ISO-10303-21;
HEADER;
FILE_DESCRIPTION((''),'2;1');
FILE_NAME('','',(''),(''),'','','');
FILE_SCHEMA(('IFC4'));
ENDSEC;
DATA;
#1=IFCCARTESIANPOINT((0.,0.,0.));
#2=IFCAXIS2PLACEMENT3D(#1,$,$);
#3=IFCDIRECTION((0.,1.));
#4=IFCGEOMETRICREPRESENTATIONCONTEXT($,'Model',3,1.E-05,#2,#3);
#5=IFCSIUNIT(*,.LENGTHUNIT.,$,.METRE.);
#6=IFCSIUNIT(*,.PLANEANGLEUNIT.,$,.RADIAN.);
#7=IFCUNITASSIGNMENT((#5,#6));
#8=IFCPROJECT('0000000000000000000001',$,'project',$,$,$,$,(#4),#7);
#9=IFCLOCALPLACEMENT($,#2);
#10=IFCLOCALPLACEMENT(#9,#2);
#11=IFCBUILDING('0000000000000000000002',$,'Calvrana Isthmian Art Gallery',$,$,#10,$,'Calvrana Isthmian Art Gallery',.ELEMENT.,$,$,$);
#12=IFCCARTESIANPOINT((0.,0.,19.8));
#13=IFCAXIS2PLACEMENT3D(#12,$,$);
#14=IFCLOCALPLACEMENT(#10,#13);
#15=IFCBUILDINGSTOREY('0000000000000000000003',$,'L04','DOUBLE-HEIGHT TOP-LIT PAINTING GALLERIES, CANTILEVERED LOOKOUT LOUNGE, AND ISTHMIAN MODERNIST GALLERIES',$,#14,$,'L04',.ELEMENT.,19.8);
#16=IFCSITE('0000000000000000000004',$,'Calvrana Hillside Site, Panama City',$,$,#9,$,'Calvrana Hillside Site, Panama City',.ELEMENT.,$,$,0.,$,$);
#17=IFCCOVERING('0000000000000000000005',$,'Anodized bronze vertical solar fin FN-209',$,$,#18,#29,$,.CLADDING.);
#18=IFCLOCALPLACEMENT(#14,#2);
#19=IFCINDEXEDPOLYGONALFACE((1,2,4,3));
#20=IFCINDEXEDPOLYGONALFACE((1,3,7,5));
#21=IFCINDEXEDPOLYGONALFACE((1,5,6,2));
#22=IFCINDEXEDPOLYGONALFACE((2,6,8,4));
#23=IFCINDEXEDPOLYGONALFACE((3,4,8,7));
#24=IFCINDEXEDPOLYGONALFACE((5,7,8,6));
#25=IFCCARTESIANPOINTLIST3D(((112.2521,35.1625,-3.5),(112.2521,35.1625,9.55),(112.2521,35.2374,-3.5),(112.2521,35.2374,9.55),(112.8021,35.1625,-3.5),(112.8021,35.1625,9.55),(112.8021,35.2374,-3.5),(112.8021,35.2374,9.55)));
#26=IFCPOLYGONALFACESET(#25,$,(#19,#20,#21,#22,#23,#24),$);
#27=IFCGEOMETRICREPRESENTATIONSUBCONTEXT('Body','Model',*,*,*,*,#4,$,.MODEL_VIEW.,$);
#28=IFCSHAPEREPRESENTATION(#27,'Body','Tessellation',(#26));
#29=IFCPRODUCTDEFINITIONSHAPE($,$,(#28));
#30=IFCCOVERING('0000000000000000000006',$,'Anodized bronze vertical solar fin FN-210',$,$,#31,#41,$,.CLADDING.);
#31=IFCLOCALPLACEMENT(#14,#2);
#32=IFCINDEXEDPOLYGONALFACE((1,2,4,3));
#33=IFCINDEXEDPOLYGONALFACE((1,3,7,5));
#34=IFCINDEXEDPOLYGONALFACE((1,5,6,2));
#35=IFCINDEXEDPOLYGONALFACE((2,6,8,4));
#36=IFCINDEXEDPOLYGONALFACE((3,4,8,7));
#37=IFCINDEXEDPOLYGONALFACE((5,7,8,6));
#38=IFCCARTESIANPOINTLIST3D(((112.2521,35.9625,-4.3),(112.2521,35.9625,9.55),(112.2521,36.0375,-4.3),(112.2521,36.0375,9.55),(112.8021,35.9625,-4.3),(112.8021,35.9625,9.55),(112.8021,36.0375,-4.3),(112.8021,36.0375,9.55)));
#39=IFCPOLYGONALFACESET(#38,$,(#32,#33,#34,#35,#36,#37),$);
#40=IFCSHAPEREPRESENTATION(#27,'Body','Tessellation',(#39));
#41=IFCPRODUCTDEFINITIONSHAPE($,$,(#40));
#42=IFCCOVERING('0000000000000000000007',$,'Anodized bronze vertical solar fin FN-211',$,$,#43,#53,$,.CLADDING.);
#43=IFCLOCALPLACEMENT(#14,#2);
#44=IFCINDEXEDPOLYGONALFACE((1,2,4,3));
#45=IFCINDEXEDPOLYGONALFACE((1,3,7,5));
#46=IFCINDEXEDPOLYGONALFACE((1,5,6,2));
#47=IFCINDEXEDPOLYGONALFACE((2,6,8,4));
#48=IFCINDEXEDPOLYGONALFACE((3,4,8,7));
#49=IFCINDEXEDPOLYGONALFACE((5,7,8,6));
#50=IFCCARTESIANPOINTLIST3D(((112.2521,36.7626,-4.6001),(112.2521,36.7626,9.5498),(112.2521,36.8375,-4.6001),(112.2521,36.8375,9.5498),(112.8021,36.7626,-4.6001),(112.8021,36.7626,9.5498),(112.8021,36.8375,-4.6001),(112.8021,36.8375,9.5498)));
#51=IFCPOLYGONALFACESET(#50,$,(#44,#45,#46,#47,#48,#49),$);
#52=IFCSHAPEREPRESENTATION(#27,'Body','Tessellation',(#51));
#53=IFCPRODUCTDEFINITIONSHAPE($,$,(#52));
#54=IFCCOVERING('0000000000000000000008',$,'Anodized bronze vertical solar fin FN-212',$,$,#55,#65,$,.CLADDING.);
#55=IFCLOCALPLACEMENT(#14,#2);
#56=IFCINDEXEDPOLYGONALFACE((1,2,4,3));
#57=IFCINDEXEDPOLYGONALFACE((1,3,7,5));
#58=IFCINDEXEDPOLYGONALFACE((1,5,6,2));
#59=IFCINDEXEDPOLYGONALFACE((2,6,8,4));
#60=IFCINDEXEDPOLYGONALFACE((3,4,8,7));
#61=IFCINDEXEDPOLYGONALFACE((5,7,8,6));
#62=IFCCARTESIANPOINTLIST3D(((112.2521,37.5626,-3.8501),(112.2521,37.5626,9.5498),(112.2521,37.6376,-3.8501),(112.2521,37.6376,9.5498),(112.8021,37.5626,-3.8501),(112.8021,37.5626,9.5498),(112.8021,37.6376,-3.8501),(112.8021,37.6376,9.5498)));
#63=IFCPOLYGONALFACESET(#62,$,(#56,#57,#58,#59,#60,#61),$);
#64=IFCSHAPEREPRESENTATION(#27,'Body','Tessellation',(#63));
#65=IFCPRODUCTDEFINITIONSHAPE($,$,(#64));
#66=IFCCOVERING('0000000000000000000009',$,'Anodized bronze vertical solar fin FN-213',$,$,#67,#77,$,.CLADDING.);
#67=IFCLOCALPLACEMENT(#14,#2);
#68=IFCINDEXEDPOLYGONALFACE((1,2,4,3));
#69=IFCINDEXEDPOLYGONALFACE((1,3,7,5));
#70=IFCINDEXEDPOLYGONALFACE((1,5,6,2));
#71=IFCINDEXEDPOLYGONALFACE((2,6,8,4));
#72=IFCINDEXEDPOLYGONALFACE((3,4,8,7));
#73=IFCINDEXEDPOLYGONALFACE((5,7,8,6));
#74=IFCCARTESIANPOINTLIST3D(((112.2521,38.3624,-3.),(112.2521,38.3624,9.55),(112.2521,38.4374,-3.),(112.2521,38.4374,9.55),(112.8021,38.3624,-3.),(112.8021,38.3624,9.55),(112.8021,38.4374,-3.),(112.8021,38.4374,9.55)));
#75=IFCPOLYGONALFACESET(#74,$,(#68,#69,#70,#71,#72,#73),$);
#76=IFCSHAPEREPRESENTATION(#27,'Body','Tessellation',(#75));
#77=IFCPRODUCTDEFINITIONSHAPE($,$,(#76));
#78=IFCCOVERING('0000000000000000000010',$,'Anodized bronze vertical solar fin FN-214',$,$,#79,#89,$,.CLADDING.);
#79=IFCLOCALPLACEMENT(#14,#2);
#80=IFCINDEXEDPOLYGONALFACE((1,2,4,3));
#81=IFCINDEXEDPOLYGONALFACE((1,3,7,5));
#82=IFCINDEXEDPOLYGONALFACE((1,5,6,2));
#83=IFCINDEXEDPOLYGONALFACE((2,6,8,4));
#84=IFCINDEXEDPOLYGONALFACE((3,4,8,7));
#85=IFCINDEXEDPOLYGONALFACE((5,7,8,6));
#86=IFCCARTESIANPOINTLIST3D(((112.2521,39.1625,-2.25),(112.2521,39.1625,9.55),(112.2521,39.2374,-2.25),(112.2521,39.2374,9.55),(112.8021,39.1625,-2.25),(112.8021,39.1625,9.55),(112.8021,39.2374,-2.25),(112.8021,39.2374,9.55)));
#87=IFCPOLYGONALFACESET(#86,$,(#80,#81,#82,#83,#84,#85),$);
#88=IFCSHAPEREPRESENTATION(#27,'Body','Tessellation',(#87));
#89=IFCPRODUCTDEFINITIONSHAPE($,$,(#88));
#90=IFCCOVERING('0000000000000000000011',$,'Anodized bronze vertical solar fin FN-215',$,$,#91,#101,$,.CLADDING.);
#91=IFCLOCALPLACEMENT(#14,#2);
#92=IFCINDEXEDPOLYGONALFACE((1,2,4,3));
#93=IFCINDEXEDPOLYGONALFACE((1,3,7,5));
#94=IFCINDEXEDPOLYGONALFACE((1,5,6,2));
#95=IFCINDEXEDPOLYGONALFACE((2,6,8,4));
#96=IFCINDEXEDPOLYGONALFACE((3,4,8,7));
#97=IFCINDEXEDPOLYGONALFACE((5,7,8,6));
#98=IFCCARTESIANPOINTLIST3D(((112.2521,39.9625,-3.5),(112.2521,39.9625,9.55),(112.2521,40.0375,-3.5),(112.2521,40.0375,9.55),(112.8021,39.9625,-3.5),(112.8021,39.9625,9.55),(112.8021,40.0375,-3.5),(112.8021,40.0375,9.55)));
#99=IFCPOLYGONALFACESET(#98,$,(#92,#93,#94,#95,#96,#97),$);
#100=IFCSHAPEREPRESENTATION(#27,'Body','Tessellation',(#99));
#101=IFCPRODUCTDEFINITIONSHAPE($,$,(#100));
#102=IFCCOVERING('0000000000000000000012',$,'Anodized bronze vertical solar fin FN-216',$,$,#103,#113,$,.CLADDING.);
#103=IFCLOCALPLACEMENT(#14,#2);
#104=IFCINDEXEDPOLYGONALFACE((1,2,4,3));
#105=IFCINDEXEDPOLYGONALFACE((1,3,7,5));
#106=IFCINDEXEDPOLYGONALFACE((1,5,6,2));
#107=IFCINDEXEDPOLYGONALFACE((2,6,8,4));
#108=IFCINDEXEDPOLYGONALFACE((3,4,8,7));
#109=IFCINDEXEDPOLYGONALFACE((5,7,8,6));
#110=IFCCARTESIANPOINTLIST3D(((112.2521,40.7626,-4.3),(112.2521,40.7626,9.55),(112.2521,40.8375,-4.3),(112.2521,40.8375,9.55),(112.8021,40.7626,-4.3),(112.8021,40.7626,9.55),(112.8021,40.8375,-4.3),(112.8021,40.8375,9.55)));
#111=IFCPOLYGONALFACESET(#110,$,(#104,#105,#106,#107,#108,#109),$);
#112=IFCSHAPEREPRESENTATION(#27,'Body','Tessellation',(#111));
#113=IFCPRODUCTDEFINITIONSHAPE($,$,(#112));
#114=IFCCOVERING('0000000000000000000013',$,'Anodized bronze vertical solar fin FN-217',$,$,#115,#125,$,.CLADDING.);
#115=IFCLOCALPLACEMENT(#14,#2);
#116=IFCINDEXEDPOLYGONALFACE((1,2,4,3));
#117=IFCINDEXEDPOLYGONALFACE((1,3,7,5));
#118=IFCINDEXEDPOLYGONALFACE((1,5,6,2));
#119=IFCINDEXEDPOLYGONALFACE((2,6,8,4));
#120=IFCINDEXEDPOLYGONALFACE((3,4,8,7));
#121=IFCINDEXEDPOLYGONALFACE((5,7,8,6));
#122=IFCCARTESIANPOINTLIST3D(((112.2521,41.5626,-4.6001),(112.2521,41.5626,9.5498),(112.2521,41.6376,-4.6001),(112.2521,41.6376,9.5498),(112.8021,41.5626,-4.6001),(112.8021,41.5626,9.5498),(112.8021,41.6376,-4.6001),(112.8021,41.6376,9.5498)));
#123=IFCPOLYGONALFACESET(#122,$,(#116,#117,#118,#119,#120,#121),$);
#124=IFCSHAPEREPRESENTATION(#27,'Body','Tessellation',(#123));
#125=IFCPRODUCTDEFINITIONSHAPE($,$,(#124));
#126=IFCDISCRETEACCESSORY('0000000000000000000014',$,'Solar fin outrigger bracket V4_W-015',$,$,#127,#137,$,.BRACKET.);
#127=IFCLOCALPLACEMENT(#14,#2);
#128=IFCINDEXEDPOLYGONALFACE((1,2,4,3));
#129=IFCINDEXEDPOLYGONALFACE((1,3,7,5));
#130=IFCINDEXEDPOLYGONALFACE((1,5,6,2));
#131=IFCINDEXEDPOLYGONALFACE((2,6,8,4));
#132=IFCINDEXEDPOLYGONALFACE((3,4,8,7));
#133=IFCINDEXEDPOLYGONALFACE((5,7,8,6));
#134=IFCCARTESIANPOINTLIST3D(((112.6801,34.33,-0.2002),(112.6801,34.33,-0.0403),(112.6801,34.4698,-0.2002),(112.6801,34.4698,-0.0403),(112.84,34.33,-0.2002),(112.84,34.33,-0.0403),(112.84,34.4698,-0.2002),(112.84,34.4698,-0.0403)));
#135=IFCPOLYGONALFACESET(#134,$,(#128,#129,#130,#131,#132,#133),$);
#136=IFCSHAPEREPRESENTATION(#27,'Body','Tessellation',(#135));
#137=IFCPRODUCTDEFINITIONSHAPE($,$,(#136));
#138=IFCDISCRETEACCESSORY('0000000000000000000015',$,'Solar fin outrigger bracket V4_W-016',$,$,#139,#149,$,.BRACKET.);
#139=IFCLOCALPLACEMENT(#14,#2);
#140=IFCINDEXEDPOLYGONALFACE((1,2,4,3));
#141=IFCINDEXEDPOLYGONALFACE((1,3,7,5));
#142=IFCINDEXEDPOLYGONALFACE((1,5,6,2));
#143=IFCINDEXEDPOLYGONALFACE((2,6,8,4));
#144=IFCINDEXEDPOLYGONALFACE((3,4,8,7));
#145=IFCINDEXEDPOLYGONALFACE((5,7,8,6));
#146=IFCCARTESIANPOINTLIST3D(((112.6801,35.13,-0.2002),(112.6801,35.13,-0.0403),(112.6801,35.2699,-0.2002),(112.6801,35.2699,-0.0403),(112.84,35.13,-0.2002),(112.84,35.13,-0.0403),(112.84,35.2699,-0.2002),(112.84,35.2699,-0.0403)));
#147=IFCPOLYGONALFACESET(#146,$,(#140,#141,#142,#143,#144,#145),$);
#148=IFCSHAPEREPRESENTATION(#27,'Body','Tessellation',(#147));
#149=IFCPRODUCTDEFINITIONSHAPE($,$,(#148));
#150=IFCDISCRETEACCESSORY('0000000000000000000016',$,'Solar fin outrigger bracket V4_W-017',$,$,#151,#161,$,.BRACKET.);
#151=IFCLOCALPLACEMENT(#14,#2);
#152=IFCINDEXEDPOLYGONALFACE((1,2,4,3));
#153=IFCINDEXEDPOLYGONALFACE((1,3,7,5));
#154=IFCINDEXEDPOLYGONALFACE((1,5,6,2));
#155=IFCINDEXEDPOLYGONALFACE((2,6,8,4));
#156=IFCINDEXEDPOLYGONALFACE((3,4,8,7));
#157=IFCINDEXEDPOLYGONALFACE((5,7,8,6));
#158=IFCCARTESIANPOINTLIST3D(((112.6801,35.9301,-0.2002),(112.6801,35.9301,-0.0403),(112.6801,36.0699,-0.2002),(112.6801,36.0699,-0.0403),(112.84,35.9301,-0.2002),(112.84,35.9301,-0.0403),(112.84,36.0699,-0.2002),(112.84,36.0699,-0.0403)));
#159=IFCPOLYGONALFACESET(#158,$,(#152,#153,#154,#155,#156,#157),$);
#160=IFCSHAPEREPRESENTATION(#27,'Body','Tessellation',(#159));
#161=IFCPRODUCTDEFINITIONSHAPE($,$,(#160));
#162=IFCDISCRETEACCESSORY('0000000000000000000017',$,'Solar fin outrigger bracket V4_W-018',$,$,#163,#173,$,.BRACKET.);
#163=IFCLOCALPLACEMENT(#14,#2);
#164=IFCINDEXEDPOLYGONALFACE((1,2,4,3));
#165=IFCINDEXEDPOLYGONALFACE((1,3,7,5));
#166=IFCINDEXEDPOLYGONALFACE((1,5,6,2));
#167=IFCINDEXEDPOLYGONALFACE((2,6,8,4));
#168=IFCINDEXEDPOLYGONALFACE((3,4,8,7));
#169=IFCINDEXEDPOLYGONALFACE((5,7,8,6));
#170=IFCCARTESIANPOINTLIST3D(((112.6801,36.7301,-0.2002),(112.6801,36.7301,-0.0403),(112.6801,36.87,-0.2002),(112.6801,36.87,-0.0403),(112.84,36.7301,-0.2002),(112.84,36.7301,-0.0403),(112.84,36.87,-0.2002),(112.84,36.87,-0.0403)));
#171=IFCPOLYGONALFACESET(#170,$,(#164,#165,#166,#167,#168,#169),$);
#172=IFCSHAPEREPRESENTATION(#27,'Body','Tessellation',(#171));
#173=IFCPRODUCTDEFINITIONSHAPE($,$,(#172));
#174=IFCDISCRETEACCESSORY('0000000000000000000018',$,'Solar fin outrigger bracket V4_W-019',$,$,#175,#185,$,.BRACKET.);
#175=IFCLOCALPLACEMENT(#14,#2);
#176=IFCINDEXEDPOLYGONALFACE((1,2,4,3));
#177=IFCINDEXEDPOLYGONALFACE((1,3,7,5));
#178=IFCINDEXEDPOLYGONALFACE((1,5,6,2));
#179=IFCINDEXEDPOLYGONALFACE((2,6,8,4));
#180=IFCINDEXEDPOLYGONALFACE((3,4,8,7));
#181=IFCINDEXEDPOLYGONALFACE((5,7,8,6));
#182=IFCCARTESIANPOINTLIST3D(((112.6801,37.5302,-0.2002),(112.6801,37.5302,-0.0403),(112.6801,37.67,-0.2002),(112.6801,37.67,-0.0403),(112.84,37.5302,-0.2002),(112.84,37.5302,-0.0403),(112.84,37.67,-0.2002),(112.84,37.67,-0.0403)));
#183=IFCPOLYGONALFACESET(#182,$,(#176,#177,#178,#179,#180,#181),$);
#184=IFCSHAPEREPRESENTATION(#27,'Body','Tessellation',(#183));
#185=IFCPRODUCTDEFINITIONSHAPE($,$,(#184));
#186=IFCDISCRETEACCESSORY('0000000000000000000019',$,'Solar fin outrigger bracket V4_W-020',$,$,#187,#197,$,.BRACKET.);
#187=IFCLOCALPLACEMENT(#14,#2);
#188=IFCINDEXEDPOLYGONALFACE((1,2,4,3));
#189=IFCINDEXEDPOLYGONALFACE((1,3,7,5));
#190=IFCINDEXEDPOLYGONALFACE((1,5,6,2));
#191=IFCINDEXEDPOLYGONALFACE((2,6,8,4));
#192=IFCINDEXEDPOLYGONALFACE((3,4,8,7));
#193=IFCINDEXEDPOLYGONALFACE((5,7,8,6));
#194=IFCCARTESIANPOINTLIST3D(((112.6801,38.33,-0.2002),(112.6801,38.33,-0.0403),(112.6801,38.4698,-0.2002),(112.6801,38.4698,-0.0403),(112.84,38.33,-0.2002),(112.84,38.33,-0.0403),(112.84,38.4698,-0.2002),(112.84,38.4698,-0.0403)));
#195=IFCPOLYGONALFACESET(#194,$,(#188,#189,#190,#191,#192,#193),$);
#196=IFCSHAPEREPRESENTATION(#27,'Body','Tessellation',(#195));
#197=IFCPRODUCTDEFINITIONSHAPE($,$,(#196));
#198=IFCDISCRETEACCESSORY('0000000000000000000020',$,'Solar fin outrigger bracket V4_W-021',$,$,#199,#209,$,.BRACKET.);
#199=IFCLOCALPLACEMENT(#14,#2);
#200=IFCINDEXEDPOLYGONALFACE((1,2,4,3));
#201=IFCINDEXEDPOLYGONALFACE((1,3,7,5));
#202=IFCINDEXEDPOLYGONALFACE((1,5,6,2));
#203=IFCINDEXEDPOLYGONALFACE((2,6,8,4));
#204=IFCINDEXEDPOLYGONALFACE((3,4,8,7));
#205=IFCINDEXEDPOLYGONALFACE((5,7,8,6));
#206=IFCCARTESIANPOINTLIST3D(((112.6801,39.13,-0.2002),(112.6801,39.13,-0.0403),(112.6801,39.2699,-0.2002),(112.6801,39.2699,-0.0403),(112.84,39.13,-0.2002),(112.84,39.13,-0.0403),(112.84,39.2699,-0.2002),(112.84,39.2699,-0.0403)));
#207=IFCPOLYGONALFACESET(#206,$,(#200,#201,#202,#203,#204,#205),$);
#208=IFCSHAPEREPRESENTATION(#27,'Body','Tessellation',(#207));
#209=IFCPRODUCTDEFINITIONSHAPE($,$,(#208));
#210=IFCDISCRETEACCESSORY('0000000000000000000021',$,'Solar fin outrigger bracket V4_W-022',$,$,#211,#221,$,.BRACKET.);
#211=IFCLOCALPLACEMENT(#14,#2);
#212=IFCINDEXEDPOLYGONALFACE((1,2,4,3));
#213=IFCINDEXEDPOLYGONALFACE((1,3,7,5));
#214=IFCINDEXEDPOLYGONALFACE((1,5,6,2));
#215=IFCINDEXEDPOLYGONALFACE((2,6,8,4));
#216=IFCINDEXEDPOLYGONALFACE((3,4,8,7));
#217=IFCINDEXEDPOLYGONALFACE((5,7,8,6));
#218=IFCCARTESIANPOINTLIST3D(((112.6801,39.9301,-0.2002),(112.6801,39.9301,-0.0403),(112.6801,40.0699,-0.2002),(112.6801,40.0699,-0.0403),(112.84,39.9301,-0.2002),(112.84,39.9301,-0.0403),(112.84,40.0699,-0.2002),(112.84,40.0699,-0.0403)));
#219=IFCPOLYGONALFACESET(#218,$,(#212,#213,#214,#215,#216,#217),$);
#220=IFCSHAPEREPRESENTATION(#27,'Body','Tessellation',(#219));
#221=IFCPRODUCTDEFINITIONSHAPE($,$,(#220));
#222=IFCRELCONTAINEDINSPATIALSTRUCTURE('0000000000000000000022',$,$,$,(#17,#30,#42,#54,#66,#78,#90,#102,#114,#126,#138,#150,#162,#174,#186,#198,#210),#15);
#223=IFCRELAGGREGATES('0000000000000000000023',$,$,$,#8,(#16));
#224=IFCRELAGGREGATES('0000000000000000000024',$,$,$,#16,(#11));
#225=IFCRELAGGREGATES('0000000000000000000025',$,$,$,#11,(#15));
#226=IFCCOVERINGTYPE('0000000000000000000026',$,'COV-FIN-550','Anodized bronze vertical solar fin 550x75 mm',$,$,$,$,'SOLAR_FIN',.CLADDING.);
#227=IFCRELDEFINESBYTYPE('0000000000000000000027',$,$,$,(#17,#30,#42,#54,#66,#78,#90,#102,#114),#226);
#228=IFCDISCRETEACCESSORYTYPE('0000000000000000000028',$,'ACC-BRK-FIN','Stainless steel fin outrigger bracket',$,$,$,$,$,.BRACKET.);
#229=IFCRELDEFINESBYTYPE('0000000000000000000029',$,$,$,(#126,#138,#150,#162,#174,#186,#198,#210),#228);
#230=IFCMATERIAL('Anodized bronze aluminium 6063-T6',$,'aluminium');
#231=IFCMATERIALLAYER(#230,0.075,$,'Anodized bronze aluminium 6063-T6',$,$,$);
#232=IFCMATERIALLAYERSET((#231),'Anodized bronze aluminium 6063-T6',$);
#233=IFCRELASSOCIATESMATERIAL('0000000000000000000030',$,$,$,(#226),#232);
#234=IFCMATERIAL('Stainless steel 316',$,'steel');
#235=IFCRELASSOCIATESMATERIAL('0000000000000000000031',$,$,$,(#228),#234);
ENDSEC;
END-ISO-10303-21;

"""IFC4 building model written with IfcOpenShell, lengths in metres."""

from ifc_helpers import new_model, si_unit, direction, frame, origin, origin_2d, place, context, subcontext, project, spatial, rectangle, extrude, material, layer, layer_set, type_object, element, save


model = new_model("IFC4")

# Units and contexts
model_context = context("Model", 3, precision=1e-05, world=origin(), true_north=direction((0.0, 1.0)))
body_context = subcontext(model_context, "Body", "Model", "MODEL_VIEW")
ifc_project = project(units=[si_unit("LENGTHUNIT", "METRE"), si_unit("PLANEANGLEUNIT", "RADIAN")], contexts=[model_context])

# Site, building, storey
site_placement = place(None, origin())
site = spatial("IfcSite", under=ifc_project, at=site_placement, Name="Calvrana Hillside Site, Panama City", LongName="Calvrana Hillside Site, Panama City", CompositionType="ELEMENT", RefElevation=0.0)
building_placement = place(site_placement, origin())
building = spatial("IfcBuilding", under=site, at=building_placement, Name="Calvrana Isthmian Art Gallery", LongName="Calvrana Isthmian Art Gallery", CompositionType="ELEMENT")
storey_placement = place(building_placement, frame((0.0, 0.0, 19.8)))
storey = spatial("IfcBuildingStorey", under=building, at=storey_placement, Name="L04", Description="DOUBLE-HEIGHT TOP-LIT PAINTING GALLERIES, CANTILEVERED LOOKOUT LOUNGE, AND ISTHMIAN MODERNIST GALLERIES", LongName="L04", CompositionType="ELEMENT", Elevation=19.8)

# Coverings
ifc_material_1 = material(Name="Anodized bronze aluminium 6063-T6", Category="aluminium")
ifc_layer = layer(ifc_material_1, 0.075, Name="Anodized bronze aluminium 6063-T6")
ifc_layer_set = layer_set([ifc_layer], Name="Anodized bronze aluminium 6063-T6")
covering_type = type_object("IfcCoveringType", Name="COV-FIN-550", Description="Anodized bronze vertical solar fin 550x75 mm", ElementType="SOLAR_FIN", PredefinedType="CLADDING", material=ifc_layer_set)
covering_1_placement = place(storey_placement, frame((112.5271, 35.2, -3.5), z_axis=(0.0, 0.0, 1.0), x_axis=(1.0, 0.0, 0.0)))
element("IfcCovering", 1, at=covering_1_placement, inside=storey, type_object=covering_type, Name="Anodized bronze vertical solar fin FN-209", PredefinedType="CLADDING", context=body_context, shape_type="SweptSolid", body=[
    extrude(rectangle(XDim=0.55, YDim=0.075, at=origin_2d()), origin(), (0.0, 0.0, 1.0), 13.05),
])
covering_2_placement = place(storey_placement, frame((112.5271, 36.0, -4.3), z_axis=(0.0, 0.0, 1.0), x_axis=(1.0, 0.0, 0.0)))
element("IfcCovering", 2, at=covering_2_placement, inside=storey, type_object=covering_type, Name="Anodized bronze vertical solar fin FN-210", PredefinedType="CLADDING", context=body_context, shape_type="SweptSolid", body=[
    extrude(rectangle(XDim=0.55, YDim=0.075, at=origin_2d()), origin(), (0.0, 0.0, 1.0), 13.8501),
])
covering_3_placement = place(storey_placement, frame((112.5271, 36.8, -4.6001), z_axis=(0.0, 0.0, 1.0), x_axis=(1.0, 0.0, 0.0)))
element("IfcCovering", 3, at=covering_3_placement, inside=storey, type_object=covering_type, Name="Anodized bronze vertical solar fin FN-211", PredefinedType="CLADDING", context=body_context, shape_type="SweptSolid", body=[
    extrude(rectangle(XDim=0.55, YDim=0.075, at=origin_2d()), origin(), (0.0, 0.0, 1.0), 14.1499),
])
covering_4_placement = place(storey_placement, frame((112.5271, 37.6001, -3.8501), z_axis=(0.0, 0.0, 1.0), x_axis=(1.0, 0.0, 0.0)))
element("IfcCovering", 4, at=covering_4_placement, inside=storey, type_object=covering_type, Name="Anodized bronze vertical solar fin FN-212", PredefinedType="CLADDING", context=body_context, shape_type="SweptSolid", body=[
    extrude(rectangle(XDim=0.55, YDim=0.075, at=origin_2d()), origin(), (0.0, 0.0, 1.0), 13.3999),
])
covering_5_placement = place(storey_placement, frame((112.5271, 38.3999, -3.0), z_axis=(0.0, 0.0, 1.0), x_axis=(1.0, 0.0, 0.0)))
element("IfcCovering", 5, at=covering_5_placement, inside=storey, type_object=covering_type, Name="Anodized bronze vertical solar fin FN-213", PredefinedType="CLADDING", context=body_context, shape_type="SweptSolid", body=[
    extrude(rectangle(XDim=0.55, YDim=0.075, at=origin_2d()), origin(), (0.0, 0.0, 1.0), 12.55),
])
covering_6_placement = place(storey_placement, frame((112.5271, 39.2, -2.25), z_axis=(0.0, 0.0, 1.0), x_axis=(1.0, 0.0, 0.0)))
element("IfcCovering", 6, at=covering_6_placement, inside=storey, type_object=covering_type, Name="Anodized bronze vertical solar fin FN-214", PredefinedType="CLADDING", context=body_context, shape_type="SweptSolid", body=[
    extrude(rectangle(XDim=0.55, YDim=0.075, at=origin_2d()), origin(), (0.0, 0.0, 1.0), 11.8),
])
covering_7_placement = place(storey_placement, frame((112.5271, 40.0, -3.5), z_axis=(0.0, 0.0, 1.0), x_axis=(1.0, 0.0, 0.0)))
element("IfcCovering", 7, at=covering_7_placement, inside=storey, type_object=covering_type, Name="Anodized bronze vertical solar fin FN-215", PredefinedType="CLADDING", context=body_context, shape_type="SweptSolid", body=[
    extrude(rectangle(XDim=0.55, YDim=0.075, at=origin_2d()), origin(), (0.0, 0.0, 1.0), 13.05),
])
covering_8_placement = place(storey_placement, frame((112.5271, 40.8, -4.3), z_axis=(0.0, 0.0, 1.0), x_axis=(1.0, 0.0, 0.0)))
element("IfcCovering", 8, at=covering_8_placement, inside=storey, type_object=covering_type, Name="Anodized bronze vertical solar fin FN-216", PredefinedType="CLADDING", context=body_context, shape_type="SweptSolid", body=[
    extrude(rectangle(XDim=0.55, YDim=0.075, at=origin_2d()), origin(), (0.0, 0.0, 1.0), 13.8501),
])
covering_9_placement = place(storey_placement, frame((112.5271, 41.6001, -4.6001), z_axis=(0.0, 0.0, 1.0), x_axis=(1.0, 0.0, 0.0)))
element("IfcCovering", 9, at=covering_9_placement, inside=storey, type_object=covering_type, Name="Anodized bronze vertical solar fin FN-217", PredefinedType="CLADDING", context=body_context, shape_type="SweptSolid", body=[
    extrude(rectangle(XDim=0.55, YDim=0.075, at=origin_2d()), origin(), (0.0, 0.0, 1.0), 14.1499),
])

# Discrete accessories
ifc_material_2 = material(Name="Stainless steel 316", Category="steel")
discrete_accessory_type = type_object("IfcDiscreteAccessoryType", Name="ACC-BRK-FIN", Description="Stainless steel fin outrigger bracket", PredefinedType="BRACKET", material=ifc_material_2)
for number, where, z_axis, x_axis, name in (
    (10, (112.76, 34.3999, -0.2002), (0.0, 0.0, 1.0), (1.0, 0.0, 0.0), "Solar fin outrigger bracket V4_W-015"),
    (11, (112.76, 35.2, -0.2002), (0.0, 0.0, 1.0), (1.0, 0.0, 0.0), "Solar fin outrigger bracket V4_W-016"),
    (12, (112.76, 36.0, -0.2002), (0.0, 0.0, 1.0), (1.0, 0.0, 0.0), "Solar fin outrigger bracket V4_W-017"),
    (13, (112.76, 36.8, -0.2002), (0.0, 0.0, 1.0), (1.0, 0.0, 0.0), "Solar fin outrigger bracket V4_W-018"),
    (14, (112.76, 37.6001, -0.2002), (0.0, 0.0, 1.0), (1.0, 0.0, 0.0), "Solar fin outrigger bracket V4_W-019"),
    (15, (112.76, 38.3999, -0.2002), (0.0, 0.0, 1.0), (1.0, 0.0, 0.0), "Solar fin outrigger bracket V4_W-020"),
    (16, (112.76, 39.2, -0.2002), (0.0, 0.0, 1.0), (1.0, 0.0, 0.0), "Solar fin outrigger bracket V4_W-021"),
    (17, (112.76, 40.0, -0.2002), (0.0, 0.0, 1.0), (1.0, 0.0, 0.0), "Solar fin outrigger bracket V4_W-022"),
):
    element("IfcDiscreteAccessory", number, at=place(storey_placement, frame(where, z_axis=z_axis, x_axis=x_axis)), inside=storey, type_object=discrete_accessory_type, Name=name, PredefinedType="BRACKET", context=body_context, shape_type="SweptSolid", body=[
        extrude(rectangle(XDim=0.1599, YDim=0.1399, at=origin_2d()), origin(), (0.0, 0.0, 1.0), 0.1599),
    ])

save(model, "model.ifc")
